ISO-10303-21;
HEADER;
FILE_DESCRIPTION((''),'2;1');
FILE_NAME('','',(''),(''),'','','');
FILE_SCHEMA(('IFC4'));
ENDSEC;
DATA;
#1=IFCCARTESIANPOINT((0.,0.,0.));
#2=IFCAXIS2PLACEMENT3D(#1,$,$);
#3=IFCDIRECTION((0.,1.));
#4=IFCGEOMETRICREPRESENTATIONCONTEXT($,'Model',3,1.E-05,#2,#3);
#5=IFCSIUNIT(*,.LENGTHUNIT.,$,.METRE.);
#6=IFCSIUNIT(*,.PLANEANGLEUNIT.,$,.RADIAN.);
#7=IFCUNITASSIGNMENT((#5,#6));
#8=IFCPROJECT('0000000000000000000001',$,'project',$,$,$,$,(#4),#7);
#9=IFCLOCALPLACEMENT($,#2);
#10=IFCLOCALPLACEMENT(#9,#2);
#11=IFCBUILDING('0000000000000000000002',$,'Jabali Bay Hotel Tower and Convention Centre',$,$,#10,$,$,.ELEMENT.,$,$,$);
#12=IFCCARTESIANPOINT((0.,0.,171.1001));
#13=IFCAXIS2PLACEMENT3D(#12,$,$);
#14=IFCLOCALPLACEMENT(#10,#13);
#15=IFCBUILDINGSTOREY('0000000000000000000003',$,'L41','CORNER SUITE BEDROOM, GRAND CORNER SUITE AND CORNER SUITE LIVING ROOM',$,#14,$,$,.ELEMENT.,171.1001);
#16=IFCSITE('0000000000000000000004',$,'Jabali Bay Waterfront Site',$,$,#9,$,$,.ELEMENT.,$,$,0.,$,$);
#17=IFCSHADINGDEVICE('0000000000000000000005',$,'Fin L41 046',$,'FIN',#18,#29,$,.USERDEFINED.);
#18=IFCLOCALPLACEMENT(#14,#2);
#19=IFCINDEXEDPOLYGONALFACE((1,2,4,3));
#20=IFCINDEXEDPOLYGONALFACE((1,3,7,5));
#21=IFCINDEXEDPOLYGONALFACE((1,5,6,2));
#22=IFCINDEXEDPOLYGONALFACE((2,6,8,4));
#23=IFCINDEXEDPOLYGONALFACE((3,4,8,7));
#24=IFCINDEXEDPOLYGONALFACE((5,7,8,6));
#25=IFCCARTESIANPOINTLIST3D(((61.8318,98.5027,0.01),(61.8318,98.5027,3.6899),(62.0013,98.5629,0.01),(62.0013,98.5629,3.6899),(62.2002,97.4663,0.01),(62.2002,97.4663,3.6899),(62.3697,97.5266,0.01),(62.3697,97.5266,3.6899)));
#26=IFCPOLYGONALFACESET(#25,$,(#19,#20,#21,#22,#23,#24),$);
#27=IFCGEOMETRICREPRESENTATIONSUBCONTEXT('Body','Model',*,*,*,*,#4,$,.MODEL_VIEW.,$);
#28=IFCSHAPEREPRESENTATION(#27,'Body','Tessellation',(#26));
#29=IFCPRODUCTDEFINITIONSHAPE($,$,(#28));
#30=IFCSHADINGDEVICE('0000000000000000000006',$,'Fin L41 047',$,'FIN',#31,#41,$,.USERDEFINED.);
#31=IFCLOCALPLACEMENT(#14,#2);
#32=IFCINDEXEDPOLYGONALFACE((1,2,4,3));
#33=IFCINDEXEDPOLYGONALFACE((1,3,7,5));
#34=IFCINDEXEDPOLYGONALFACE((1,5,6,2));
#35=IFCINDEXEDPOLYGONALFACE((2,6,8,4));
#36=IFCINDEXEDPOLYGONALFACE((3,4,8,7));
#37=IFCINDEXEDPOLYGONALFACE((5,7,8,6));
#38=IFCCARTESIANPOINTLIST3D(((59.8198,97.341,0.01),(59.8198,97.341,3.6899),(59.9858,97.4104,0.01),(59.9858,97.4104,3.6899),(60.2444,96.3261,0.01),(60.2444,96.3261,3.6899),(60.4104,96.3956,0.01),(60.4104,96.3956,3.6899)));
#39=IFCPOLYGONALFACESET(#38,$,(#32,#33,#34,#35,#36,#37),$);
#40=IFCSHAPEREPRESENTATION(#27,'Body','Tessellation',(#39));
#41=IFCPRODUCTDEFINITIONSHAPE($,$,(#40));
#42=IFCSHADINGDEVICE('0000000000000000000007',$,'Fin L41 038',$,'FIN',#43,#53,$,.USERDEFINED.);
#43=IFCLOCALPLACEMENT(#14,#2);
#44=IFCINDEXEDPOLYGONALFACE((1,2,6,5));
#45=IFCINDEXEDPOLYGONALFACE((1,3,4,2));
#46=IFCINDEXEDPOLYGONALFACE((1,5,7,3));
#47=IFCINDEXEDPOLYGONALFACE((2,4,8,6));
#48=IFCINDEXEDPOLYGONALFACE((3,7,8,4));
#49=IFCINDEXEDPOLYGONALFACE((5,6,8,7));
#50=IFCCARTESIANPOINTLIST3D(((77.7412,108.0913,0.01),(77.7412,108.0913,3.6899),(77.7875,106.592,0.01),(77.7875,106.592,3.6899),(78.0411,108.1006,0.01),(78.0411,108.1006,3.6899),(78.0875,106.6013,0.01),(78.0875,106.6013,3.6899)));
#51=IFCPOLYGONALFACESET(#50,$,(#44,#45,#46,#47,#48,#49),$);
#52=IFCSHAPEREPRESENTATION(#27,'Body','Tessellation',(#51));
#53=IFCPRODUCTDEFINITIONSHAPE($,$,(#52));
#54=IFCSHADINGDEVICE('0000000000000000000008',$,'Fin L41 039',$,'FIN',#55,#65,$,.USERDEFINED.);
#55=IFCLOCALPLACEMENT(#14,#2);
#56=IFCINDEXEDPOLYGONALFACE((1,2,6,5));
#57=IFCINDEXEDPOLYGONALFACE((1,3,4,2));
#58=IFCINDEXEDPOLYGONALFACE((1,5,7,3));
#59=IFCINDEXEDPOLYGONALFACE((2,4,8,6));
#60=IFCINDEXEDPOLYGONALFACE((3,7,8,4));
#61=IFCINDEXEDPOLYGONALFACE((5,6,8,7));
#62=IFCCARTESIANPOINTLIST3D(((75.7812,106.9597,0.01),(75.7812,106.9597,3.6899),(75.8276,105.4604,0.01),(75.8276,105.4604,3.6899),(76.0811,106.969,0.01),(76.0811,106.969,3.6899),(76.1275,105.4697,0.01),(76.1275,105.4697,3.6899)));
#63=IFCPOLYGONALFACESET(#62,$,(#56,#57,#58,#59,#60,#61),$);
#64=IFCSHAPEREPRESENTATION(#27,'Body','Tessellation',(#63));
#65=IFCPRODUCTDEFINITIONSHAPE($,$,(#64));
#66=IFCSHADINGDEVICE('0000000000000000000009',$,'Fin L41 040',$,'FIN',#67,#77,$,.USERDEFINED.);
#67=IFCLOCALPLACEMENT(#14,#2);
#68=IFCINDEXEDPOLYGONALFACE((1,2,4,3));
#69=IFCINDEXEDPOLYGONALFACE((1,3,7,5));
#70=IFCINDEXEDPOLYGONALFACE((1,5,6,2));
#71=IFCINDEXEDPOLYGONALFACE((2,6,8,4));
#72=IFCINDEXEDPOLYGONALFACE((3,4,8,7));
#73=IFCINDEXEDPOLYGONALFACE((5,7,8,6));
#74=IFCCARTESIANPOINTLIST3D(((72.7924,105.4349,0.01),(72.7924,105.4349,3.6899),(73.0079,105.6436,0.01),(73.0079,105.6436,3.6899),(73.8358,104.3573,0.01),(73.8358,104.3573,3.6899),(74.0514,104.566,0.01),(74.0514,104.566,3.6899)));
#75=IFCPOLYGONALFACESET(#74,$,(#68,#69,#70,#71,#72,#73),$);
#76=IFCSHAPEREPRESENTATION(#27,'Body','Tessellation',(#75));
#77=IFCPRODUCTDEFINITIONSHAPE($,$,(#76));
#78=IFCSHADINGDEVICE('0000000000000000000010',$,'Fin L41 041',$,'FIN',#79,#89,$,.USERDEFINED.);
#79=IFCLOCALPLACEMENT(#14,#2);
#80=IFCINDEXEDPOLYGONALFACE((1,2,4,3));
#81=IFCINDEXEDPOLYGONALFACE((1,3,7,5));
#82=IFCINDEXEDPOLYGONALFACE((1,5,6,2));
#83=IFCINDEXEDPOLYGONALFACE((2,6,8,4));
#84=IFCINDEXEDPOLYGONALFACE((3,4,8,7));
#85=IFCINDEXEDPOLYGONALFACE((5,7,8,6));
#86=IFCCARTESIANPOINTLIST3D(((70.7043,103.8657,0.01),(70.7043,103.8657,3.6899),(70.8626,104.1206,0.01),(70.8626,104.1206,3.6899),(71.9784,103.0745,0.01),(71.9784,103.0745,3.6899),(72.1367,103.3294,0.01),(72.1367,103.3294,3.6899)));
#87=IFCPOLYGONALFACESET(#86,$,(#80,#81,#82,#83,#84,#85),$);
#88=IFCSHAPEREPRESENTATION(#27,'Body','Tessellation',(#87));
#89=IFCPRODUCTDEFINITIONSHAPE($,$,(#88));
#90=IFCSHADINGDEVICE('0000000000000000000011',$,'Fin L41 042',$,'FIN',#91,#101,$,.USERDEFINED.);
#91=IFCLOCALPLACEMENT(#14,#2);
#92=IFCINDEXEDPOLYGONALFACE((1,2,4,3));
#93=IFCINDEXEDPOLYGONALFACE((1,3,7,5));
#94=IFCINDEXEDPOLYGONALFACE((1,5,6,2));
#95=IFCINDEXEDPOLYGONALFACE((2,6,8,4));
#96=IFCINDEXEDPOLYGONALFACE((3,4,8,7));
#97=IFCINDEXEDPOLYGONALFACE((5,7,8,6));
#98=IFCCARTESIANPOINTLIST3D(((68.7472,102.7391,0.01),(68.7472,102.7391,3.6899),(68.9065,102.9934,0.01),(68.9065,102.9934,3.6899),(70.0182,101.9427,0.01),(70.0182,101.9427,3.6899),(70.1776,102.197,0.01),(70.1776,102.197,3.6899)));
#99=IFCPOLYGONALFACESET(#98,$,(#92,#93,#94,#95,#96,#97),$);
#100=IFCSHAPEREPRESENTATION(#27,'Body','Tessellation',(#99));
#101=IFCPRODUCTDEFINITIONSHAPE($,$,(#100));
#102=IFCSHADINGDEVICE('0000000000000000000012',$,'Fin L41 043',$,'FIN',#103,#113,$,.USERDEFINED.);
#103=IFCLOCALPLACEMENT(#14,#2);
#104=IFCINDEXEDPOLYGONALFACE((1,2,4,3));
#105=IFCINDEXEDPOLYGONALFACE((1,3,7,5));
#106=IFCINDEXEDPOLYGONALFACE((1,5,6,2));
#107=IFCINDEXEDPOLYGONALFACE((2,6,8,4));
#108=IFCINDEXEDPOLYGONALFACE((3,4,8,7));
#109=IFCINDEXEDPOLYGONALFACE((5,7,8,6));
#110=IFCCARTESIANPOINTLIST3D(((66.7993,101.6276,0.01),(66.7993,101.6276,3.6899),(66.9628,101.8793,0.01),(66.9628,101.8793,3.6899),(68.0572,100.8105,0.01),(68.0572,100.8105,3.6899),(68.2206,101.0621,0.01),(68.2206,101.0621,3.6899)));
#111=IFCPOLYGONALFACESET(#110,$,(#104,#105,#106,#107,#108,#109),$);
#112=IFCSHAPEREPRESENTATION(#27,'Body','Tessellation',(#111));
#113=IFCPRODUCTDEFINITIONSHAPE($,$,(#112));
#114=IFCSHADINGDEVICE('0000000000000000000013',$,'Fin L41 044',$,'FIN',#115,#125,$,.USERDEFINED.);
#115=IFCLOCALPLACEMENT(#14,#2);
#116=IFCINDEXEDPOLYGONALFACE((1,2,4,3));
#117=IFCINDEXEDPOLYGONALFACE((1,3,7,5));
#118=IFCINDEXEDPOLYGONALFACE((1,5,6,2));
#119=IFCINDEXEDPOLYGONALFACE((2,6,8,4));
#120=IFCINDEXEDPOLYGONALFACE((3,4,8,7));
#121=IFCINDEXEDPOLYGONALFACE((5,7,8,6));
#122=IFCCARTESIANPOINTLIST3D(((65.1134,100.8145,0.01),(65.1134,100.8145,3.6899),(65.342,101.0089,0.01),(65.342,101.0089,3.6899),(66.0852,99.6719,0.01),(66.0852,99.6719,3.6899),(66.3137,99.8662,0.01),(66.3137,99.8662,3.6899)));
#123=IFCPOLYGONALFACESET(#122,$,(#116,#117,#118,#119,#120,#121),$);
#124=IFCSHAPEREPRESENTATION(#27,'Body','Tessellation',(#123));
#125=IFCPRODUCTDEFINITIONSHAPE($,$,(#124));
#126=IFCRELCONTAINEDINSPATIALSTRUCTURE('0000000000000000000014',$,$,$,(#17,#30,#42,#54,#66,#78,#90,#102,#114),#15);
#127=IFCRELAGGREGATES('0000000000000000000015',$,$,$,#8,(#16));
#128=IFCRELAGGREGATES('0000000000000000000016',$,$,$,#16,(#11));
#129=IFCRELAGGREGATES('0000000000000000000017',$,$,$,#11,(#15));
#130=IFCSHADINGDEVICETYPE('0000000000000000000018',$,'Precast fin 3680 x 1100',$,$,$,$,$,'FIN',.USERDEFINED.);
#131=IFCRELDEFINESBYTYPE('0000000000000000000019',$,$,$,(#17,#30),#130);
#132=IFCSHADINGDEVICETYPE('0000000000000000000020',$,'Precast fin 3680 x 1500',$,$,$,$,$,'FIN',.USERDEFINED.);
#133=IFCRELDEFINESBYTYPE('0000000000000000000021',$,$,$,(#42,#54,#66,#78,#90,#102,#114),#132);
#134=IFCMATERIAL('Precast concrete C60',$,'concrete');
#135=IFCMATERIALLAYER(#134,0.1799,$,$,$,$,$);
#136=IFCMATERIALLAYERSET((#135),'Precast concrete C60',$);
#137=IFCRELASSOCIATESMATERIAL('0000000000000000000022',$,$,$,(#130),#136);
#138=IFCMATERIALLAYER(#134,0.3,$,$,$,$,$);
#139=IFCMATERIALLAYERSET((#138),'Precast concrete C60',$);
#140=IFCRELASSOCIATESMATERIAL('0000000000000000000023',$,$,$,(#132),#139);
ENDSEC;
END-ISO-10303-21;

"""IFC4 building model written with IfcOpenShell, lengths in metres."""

from ifc_helpers import new_model, si_unit, direction, frame, frame_2d, origin, place, context, subcontext, project, spatial, rectangle, extrude, material, layer, layer_set, type_object, element, save


model = new_model("IFC4")

# Units and contexts
model_context = context("Model", 3, precision=1e-05, world=origin(), true_north=direction((0.0, 1.0)))
body_context = subcontext(model_context, "Body", "Model", "MODEL_VIEW")
ifc_project = project(units=[si_unit("LENGTHUNIT", "METRE"), si_unit("PLANEANGLEUNIT", "RADIAN")], contexts=[model_context])

# Site, building, storey
site_placement = place(None, origin())
site = spatial("IfcSite", under=ifc_project, at=site_placement, Name="Jabali Bay Waterfront Site", CompositionType="ELEMENT", RefElevation=0.0)
building_placement = place(site_placement, origin())
building = spatial("IfcBuilding", under=site, at=building_placement, Name="Jabali Bay Hotel Tower and Convention Centre", CompositionType="ELEMENT")
storey_placement = place(building_placement, frame((0.0, 0.0, 171.1001)))
storey = spatial("IfcBuildingStorey", under=building, at=storey_placement, Name="L41", Description="CORNER SUITE BEDROOM, GRAND CORNER SUITE AND CORNER SUITE LIVING ROOM", CompositionType="ELEMENT", Elevation=171.1001)

# Shading devices
ifc_material_1 = material(Name="Precast concrete C60", Category="concrete")
ifc_layer_1 = layer(ifc_material_1, 0.1799)
ifc_layer_set_1 = layer_set([ifc_layer_1], Name="Precast concrete C60")
shading_device_type_1 = type_object("IfcShadingDeviceType", Name="Precast fin 3680 x 1100", ElementType="FIN", PredefinedType="USERDEFINED", material=ifc_layer_set_1)
shading_device_1_placement = place(storey_placement, frame((62.2849, 97.4966, 0.01), z_axis=(0.0, 0.0, 1.0), x_axis=(-0.334944, 0.942238, 0.0)))
element("IfcShadingDevice", 1, at=shading_device_1_placement, inside=storey, type_object=shading_device_type_1, Name="Fin L41 046", ObjectType="FIN", PredefinedType="USERDEFINED", context=body_context, shape_type="SweptSolid", body=[
    extrude(rectangle(XDim=1.0999, YDim=0.1799, at=frame_2d((0.5498, 0.0))), origin(), (0.0, 0.0, 1.0), 3.6799),
])
shading_device_2_placement = place(storey_placement, frame((60.3274, 96.3608, 0.01), z_axis=(0.0, 0.0, 1.0), x_axis=(-0.385923, 0.922531, 0.0)))
element("IfcShadingDevice", 2, at=shading_device_2_placement, inside=storey, type_object=shading_device_type_1, Name="Fin L41 047", ObjectType="FIN", PredefinedType="USERDEFINED", context=body_context, shape_type="SweptSolid", body=[
    extrude(rectangle(XDim=1.1001, YDim=0.1799, at=frame_2d((0.55, 0.0))), origin(), (0.0, 0.0, 1.0), 3.6799),
])
ifc_layer_2 = layer(ifc_material_1, 0.3)
ifc_layer_set_2 = layer_set([ifc_layer_2], Name="Precast concrete C60")
shading_device_type_2 = type_object("IfcShadingDeviceType", Name="Precast fin 3680 x 1500", ElementType="FIN", PredefinedType="USERDEFINED", material=ifc_layer_set_2)
for number, where, z_axis, x_axis, name in (
    (3, (77.9375, 106.5967, 0.01), (0.0, 0.0, 1.0), (-0.030925, 0.999522, 0.0), "Fin L41 038"),
    (4, (75.9775, 105.4651, 0.01), (0.0, 0.0, 1.0), (-0.030925, 0.999522, 0.0), "Fin L41 039"),
    (5, (73.9436, 104.4617, 0.01), (0.0, 0.0, 1.0), (-0.695622, 0.718408, 0.0), "Fin L41 040"),
):
    element("IfcShadingDevice", number, at=place(storey_placement, frame(where, z_axis=z_axis, x_axis=x_axis)), inside=storey, type_object=shading_device_type_2, Name=name, ObjectType="FIN", PredefinedType="USERDEFINED", context=body_context, shape_type="SweptSolid", body=[
        extrude(rectangle(XDim=1.5, YDim=0.3, at=frame_2d((0.75, 0.0))), origin(), (0.0, 0.0, 1.0), 3.6799),
    ])
shading_device_3_placement = place(storey_placement, frame((72.0576, 103.2019, 0.01), z_axis=(0.0, 0.0, 1.0), x_axis=(-0.849522, 0.527553, 0.0)))
element("IfcShadingDevice", 6, at=shading_device_3_placement, inside=storey, type_object=shading_device_type_2, Name="Fin L41 041", ObjectType="FIN", PredefinedType="USERDEFINED", context=body_context, shape_type="SweptSolid", body=[
    extrude(rectangle(XDim=1.4998, YDim=0.3, at=frame_2d((0.75, 0.0))), origin(), (0.0, 0.0, 1.0), 3.6799),
])
for number, where, z_axis, x_axis, name in (
    (7, (70.0979, 102.0698, 0.01), (0.0, 0.0, 1.0), (-0.847394, 0.530964, 0.0), "Fin L41 042"),
    (8, (68.1389, 100.9363, 0.01), (0.0, 0.0, 1.0), (-0.838577, 0.544782, 0.0), "Fin L41 043"),
    (9, (66.1995, 99.769, 0.01), (0.0, 0.0, 1.0), (-0.647837, 0.761779, 0.0), "Fin L41 044"),
):
    element("IfcShadingDevice", number, at=place(storey_placement, frame(where, z_axis=z_axis, x_axis=x_axis)), inside=storey, type_object=shading_device_type_2, Name=name, ObjectType="FIN", PredefinedType="USERDEFINED", context=body_context, shape_type="SweptSolid", body=[
        extrude(rectangle(XDim=1.5, YDim=0.3, at=frame_2d((0.75, 0.0))), origin(), (0.0, 0.0, 1.0), 3.6799),
    ])

save(model, "model.ifc")
